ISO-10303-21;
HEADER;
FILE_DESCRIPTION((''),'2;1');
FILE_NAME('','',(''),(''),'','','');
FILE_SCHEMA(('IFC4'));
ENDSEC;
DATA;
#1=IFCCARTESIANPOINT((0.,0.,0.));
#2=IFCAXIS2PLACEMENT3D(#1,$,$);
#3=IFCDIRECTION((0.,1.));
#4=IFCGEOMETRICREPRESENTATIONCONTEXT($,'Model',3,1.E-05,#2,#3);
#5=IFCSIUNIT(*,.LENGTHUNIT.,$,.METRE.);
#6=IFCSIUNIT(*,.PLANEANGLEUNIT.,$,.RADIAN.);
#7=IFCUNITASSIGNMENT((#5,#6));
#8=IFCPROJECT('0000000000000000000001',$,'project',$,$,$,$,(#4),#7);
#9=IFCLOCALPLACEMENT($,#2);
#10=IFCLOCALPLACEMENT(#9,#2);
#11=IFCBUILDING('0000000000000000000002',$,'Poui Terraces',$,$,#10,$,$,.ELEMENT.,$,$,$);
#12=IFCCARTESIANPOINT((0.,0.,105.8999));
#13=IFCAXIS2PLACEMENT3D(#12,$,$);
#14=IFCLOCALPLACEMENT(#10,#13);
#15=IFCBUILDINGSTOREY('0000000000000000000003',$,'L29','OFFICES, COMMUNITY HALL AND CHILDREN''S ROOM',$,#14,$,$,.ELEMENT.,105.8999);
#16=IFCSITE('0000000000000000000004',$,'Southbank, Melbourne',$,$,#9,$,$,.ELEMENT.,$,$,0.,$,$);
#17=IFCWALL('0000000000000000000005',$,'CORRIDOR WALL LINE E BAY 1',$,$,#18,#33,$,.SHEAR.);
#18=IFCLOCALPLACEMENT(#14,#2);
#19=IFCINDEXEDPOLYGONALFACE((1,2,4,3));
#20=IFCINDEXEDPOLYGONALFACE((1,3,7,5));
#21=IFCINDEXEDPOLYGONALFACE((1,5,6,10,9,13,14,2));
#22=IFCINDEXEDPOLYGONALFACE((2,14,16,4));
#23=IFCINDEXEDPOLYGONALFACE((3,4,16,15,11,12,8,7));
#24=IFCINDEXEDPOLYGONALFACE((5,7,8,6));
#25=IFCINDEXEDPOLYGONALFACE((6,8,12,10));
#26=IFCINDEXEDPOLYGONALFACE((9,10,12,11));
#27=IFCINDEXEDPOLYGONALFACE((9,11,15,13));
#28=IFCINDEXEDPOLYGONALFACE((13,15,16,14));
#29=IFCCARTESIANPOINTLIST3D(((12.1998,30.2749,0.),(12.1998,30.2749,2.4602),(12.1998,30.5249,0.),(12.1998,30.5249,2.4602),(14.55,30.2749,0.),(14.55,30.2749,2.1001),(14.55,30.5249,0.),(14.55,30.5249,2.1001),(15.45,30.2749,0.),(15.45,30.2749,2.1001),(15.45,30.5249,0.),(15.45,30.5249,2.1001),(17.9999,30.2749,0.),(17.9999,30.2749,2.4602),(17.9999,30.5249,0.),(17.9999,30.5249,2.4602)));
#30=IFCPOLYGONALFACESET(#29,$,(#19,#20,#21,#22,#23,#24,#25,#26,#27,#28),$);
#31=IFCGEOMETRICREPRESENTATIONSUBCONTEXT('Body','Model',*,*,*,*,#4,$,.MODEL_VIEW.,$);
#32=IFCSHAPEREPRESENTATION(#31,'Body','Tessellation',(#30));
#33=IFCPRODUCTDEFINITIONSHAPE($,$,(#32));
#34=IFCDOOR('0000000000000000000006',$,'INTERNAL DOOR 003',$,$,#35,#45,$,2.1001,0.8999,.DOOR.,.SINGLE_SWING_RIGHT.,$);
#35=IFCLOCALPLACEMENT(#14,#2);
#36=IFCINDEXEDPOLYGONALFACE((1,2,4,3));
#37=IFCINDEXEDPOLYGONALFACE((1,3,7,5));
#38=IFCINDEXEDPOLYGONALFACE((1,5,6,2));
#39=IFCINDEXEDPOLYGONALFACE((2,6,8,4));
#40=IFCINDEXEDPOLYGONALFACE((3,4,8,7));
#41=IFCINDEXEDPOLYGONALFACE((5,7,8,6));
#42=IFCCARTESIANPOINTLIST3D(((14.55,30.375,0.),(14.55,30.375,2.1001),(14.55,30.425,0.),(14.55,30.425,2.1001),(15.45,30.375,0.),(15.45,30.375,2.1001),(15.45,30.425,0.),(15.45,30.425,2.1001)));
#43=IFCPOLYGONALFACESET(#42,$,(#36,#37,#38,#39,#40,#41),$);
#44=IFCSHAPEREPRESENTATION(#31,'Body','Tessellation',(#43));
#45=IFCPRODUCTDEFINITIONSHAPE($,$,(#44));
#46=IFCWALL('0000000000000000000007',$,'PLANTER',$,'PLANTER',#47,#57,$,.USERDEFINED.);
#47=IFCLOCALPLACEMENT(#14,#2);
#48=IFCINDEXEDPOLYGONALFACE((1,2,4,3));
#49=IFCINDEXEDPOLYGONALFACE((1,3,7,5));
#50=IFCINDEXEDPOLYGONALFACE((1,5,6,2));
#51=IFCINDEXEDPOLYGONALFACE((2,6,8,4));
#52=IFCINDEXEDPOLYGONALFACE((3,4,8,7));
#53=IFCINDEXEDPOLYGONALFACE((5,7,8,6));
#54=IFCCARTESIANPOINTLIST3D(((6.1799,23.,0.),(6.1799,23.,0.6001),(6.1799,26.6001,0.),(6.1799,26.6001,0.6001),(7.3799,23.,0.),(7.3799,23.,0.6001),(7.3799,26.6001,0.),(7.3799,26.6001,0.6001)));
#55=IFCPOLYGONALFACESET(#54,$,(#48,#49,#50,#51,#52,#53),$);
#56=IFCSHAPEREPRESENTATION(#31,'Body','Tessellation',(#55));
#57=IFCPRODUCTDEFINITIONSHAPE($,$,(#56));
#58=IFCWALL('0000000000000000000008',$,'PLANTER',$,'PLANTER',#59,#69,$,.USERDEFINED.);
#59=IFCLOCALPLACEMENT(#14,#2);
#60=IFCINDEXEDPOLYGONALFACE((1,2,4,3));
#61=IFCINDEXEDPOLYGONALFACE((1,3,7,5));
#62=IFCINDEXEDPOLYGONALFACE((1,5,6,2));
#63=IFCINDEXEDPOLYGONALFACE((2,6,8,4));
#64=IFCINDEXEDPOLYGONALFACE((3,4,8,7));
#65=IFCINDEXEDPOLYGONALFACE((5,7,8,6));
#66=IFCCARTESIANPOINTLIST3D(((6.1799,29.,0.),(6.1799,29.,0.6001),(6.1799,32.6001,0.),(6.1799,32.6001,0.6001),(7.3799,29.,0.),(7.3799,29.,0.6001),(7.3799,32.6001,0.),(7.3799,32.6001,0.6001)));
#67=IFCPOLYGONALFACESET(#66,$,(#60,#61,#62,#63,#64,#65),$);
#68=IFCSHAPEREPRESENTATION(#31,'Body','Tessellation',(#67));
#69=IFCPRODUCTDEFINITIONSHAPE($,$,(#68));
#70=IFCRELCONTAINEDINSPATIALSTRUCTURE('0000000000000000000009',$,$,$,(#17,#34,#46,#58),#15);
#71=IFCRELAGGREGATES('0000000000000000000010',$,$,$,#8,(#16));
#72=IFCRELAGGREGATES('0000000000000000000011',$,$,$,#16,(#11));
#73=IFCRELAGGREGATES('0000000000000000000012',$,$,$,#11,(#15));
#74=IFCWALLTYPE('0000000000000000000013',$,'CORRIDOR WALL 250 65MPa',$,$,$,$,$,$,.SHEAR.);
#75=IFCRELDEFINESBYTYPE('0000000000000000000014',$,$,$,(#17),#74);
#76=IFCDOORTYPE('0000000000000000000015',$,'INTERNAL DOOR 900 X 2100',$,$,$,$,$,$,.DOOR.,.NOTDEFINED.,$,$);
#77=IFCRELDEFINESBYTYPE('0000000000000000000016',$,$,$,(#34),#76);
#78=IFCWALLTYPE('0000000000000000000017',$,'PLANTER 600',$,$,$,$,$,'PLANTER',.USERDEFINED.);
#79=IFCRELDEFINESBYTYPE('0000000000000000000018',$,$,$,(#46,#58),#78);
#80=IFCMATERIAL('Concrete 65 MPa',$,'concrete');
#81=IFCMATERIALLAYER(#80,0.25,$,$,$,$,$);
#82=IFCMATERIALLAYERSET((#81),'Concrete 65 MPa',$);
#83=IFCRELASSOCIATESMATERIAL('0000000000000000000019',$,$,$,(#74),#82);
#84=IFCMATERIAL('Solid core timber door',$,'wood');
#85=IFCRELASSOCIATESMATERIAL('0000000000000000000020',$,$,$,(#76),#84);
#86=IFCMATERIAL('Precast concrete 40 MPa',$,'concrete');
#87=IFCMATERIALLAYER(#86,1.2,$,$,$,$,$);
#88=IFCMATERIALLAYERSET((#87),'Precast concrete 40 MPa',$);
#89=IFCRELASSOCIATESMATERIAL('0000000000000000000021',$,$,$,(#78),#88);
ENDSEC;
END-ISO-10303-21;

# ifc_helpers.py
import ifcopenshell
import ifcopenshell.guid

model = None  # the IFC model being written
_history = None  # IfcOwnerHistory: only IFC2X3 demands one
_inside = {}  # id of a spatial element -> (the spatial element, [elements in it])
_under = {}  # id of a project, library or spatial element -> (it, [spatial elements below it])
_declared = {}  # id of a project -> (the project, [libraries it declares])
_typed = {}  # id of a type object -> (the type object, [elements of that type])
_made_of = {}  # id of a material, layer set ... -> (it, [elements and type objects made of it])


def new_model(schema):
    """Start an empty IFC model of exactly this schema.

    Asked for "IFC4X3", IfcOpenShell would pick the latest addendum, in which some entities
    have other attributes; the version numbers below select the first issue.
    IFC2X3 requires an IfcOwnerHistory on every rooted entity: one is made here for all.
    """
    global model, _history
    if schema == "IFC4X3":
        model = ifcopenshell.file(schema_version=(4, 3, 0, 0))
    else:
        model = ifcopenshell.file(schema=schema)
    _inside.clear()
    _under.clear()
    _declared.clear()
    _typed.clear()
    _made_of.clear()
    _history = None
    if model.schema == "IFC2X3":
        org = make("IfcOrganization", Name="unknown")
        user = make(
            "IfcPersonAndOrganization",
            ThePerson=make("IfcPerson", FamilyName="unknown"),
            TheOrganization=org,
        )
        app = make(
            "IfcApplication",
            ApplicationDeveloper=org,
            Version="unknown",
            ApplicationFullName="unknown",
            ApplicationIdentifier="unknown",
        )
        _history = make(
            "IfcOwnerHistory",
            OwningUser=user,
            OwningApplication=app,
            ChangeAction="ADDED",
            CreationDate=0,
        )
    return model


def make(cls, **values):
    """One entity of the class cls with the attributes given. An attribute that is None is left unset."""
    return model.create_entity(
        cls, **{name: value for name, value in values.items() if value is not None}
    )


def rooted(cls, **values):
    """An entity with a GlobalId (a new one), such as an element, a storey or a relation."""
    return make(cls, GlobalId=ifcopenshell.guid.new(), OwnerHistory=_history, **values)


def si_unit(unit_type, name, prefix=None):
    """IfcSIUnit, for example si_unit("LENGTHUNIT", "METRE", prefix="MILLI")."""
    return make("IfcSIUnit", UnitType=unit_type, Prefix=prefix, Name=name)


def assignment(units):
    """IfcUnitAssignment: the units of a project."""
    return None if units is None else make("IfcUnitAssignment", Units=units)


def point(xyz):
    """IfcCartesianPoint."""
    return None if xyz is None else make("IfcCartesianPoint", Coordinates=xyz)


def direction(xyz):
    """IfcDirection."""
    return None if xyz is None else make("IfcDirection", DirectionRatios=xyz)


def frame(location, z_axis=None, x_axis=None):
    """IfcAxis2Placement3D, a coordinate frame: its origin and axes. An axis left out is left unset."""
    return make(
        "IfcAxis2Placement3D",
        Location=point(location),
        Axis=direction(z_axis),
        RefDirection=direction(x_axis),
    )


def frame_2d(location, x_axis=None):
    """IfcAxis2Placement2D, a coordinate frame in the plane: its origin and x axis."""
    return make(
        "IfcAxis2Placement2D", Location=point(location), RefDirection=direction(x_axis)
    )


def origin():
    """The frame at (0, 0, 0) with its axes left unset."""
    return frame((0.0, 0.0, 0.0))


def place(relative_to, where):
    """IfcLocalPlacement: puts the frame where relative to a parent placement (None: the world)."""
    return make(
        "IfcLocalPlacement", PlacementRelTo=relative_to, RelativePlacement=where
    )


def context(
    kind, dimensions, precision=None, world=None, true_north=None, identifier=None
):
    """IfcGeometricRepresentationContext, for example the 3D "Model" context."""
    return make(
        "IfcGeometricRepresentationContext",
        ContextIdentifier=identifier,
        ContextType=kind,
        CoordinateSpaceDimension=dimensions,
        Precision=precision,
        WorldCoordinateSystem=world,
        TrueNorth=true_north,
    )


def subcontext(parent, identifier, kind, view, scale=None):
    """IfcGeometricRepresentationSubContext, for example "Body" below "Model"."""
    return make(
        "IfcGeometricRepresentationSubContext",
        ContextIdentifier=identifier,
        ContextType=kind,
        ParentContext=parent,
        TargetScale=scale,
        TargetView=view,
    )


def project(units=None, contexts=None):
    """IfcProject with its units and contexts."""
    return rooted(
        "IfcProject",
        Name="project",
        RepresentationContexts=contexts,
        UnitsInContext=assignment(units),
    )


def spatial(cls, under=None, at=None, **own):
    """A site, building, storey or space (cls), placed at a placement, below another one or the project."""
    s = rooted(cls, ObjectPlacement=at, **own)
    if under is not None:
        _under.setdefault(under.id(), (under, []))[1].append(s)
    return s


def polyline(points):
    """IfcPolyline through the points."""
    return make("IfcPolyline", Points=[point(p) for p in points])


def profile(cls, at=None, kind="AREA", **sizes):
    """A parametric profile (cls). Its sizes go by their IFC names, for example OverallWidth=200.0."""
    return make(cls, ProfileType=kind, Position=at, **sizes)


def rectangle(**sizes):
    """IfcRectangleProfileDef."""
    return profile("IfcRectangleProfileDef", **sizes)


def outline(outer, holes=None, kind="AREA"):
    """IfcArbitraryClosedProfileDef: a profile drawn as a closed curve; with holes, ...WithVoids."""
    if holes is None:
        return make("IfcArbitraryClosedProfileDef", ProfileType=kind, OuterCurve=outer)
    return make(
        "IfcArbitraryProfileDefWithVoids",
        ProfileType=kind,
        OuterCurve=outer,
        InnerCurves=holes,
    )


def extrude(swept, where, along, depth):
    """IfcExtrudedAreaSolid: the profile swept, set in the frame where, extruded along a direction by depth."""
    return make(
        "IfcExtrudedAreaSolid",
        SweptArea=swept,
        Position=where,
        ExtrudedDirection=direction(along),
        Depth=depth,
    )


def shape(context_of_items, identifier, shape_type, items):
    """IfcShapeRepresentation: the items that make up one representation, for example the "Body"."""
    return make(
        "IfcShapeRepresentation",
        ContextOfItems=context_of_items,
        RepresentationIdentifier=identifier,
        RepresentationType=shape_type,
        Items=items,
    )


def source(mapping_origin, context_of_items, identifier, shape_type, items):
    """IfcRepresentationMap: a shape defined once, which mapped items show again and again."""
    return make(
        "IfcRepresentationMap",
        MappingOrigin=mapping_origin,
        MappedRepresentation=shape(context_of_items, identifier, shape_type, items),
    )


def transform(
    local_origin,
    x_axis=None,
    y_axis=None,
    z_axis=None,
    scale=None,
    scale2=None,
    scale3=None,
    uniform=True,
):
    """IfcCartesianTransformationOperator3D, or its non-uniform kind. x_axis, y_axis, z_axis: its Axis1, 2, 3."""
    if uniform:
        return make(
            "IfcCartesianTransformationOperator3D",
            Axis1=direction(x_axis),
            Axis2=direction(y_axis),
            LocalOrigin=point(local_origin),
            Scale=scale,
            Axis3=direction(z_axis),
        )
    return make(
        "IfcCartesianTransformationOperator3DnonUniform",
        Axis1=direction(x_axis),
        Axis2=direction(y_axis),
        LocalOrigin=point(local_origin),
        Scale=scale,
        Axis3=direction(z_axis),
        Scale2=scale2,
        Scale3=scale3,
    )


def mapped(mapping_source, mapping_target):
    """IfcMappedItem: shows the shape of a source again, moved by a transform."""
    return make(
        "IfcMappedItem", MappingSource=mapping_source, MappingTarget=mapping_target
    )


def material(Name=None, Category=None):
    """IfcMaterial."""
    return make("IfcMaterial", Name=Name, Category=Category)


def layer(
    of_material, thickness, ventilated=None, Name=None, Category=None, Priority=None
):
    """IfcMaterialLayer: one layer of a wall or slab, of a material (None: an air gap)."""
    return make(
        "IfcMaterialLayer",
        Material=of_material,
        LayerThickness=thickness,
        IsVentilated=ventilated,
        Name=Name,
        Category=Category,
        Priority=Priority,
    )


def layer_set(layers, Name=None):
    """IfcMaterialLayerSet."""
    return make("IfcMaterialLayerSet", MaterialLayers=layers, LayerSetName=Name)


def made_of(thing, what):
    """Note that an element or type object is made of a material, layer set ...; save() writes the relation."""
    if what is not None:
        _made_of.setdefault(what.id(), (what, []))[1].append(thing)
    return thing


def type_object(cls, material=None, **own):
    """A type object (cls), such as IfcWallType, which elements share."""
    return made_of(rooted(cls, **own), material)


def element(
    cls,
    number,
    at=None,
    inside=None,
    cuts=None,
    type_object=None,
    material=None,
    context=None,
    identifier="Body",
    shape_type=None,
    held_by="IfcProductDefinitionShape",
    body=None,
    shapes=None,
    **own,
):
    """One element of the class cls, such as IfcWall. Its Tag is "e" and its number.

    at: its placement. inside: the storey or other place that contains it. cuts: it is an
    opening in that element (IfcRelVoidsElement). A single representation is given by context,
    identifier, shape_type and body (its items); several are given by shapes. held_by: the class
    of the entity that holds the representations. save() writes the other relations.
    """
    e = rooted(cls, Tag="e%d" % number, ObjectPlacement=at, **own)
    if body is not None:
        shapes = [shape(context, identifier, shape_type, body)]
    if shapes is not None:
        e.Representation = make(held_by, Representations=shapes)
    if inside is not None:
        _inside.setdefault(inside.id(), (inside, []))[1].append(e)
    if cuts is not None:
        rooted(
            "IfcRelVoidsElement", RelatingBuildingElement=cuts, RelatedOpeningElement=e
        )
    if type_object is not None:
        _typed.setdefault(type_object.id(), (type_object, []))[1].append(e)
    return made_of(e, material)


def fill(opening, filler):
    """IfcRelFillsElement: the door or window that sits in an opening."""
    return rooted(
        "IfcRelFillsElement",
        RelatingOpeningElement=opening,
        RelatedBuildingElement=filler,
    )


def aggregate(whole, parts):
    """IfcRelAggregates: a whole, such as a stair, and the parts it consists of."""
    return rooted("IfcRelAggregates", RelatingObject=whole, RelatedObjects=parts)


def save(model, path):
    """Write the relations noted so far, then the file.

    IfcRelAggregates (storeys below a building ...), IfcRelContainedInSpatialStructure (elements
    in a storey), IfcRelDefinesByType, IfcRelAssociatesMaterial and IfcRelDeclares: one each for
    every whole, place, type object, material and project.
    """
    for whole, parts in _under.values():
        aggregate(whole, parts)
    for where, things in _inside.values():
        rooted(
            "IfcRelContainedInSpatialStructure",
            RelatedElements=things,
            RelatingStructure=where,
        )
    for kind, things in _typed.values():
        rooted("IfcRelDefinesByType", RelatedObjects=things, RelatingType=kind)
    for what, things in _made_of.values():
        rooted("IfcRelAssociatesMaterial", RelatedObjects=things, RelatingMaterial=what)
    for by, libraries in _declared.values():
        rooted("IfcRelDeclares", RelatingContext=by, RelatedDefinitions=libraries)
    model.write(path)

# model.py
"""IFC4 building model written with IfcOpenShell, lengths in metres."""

from ifc_helpers import new_model, si_unit, direction, frame, frame_2d, origin, place, context, subcontext, project, spatial, polyline, rectangle, outline, extrude, source, transform, mapped, material, layer, layer_set, type_object, element, fill, save


model = new_model("IFC4")

# Units and contexts
model_context = context("Model", 3, precision=1e-05, world=origin(), true_north=direction((0.0, 1.0)))
body_context = subcontext(model_context, "Body", "Model", "MODEL_VIEW")
ifc_project = project(units=[si_unit("LENGTHUNIT", "METRE"), si_unit("PLANEANGLEUNIT", "RADIAN")], contexts=[model_context])

# Site, building, storey
site_placement = place(None, origin())
site = spatial("IfcSite", under=ifc_project, at=site_placement, Name="Southbank, Melbourne", CompositionType="ELEMENT", RefElevation=0.0)
building_placement = place(site_placement, origin())
building = spatial("IfcBuilding", under=site, at=building_placement, Name="Poui Terraces", CompositionType="ELEMENT")
storey_placement = place(building_placement, frame((0.0, 0.0, 105.8999)))
storey = spatial("IfcBuildingStorey", under=building, at=storey_placement, Name="L29", Description="OFFICES, COMMUNITY HALL AND CHILDREN'S ROOM", CompositionType="ELEMENT", Elevation=105.8999)

# Wall, opening, door
ifc_material_1 = material(Name="Concrete 65 MPa", Category="concrete")
ifc_layer_1 = layer(ifc_material_1, 0.25)
ifc_layer_set_1 = layer_set([ifc_layer_1], Name="Concrete 65 MPa")
wall_type_1 = type_object("IfcWallType", Name="CORRIDOR WALL 250 65MPa", PredefinedType="SHEAR", material=ifc_layer_set_1)
wall_1_placement = place(storey_placement, frame((12.2, 30.3999, 0.0), z_axis=(0.0, 0.0, 1.0), x_axis=(1.0, 0.0, 0.0)))
wall_1 = element("IfcWall", 1, at=wall_1_placement, inside=storey, type_object=wall_type_1, Name="CORRIDOR WALL LINE E BAY 1", PredefinedType="SHEAR", context=body_context, shape_type="SweptSolid", body=[
    extrude(rectangle(XDim=5.8, YDim=0.25, at=frame_2d((2.8999, 0.0))), origin(), (0.0, 0.0, 1.0), 2.4602),
])
opening_1_placement = place(wall_1_placement, frame((2.3501, 0.0, 0.0)))
opening_1 = element("IfcOpeningElement", 2, at=opening_1_placement, cuts=wall_1, PredefinedType="OPENING", context=body_context, shape_type="SweptSolid", body=[
    extrude(rectangle(XDim=0.8999, YDim=2.1001, at=frame_2d((0.45, 1.05))), frame((0.0, 0.135, 0.0), z_axis=(0.0, -1.0, 0.0), x_axis=(1.0, 0.0, 0.0)), (0.0, 0.0, 1.0), 0.27),
])
ifc_material_2 = material(Name="Solid core timber door", Category="wood")
door_type_1 = type_object("IfcDoorType", Name="INTERNAL DOOR 900 X 2100", OperationType="NOTDEFINED", PredefinedType="DOOR", material=ifc_material_2)
door_1_placement = place(opening_1_placement, frame((0.8999, 0.0, 0.0), z_axis=(0.0, 0.0, 1.0), x_axis=(-1.0, 0.0, 0.0)))
door_1 = element("IfcDoor", 3, at=door_1_placement, inside=storey, type_object=door_type_1, Name="INTERNAL DOOR 003", OperationType="SINGLE_SWING_RIGHT", OverallHeight=2.1001, OverallWidth=0.8999, PredefinedType="DOOR", context=body_context, shape_type="SweptSolid", body=[
    extrude(rectangle(XDim=0.8999, YDim=2.1001, at=frame_2d((0.45, 1.05))), frame((0.0, 0.0249, 0.0), z_axis=(0.0, -1.0, 0.0), x_axis=(1.0, 0.0, 0.0)), (0.0, 0.0, 1.0), 0.05),
])
fill(opening_1, door_1)

# Walls
ifc_material_3 = material(Name="Precast concrete 40 MPa", Category="concrete")
ifc_layer_2 = layer(ifc_material_3, 1.2)
ifc_layer_set_2 = layer_set([ifc_layer_2], Name="Precast concrete 40 MPa")
wall_type_2 = type_object("IfcWallType", Name="PLANTER 600", ElementType="PLANTER", PredefinedType="USERDEFINED", material=ifc_layer_set_2)
shared_shape = source(origin(), body_context, "Body", "SweptSolid", [
    extrude(outline(polyline([(0.0, 0.0), (1.2, 0.0), (1.2, 3.6001), (0.0, 3.6001), (0.0, 0.0)])), origin(), (0.0, 0.0, 1.0), 0.6001),
])
for number, where, name in (
    (4, (6.1799, 23.0, 0.0), "PLANTER"),
    (5, (6.1799, 29.0, 0.0), "PLANTER"),
):
    element("IfcWall", number, at=place(storey_placement, frame(where)), inside=storey, type_object=wall_type_2, Name=name, ObjectType="PLANTER", PredefinedType="USERDEFINED", context=body_context, shape_type="MappedRepresentation", body=[
        mapped(shared_shape, transform((0.0, 0.0, 0.0))),
    ])

save(model, "model.ifc")
